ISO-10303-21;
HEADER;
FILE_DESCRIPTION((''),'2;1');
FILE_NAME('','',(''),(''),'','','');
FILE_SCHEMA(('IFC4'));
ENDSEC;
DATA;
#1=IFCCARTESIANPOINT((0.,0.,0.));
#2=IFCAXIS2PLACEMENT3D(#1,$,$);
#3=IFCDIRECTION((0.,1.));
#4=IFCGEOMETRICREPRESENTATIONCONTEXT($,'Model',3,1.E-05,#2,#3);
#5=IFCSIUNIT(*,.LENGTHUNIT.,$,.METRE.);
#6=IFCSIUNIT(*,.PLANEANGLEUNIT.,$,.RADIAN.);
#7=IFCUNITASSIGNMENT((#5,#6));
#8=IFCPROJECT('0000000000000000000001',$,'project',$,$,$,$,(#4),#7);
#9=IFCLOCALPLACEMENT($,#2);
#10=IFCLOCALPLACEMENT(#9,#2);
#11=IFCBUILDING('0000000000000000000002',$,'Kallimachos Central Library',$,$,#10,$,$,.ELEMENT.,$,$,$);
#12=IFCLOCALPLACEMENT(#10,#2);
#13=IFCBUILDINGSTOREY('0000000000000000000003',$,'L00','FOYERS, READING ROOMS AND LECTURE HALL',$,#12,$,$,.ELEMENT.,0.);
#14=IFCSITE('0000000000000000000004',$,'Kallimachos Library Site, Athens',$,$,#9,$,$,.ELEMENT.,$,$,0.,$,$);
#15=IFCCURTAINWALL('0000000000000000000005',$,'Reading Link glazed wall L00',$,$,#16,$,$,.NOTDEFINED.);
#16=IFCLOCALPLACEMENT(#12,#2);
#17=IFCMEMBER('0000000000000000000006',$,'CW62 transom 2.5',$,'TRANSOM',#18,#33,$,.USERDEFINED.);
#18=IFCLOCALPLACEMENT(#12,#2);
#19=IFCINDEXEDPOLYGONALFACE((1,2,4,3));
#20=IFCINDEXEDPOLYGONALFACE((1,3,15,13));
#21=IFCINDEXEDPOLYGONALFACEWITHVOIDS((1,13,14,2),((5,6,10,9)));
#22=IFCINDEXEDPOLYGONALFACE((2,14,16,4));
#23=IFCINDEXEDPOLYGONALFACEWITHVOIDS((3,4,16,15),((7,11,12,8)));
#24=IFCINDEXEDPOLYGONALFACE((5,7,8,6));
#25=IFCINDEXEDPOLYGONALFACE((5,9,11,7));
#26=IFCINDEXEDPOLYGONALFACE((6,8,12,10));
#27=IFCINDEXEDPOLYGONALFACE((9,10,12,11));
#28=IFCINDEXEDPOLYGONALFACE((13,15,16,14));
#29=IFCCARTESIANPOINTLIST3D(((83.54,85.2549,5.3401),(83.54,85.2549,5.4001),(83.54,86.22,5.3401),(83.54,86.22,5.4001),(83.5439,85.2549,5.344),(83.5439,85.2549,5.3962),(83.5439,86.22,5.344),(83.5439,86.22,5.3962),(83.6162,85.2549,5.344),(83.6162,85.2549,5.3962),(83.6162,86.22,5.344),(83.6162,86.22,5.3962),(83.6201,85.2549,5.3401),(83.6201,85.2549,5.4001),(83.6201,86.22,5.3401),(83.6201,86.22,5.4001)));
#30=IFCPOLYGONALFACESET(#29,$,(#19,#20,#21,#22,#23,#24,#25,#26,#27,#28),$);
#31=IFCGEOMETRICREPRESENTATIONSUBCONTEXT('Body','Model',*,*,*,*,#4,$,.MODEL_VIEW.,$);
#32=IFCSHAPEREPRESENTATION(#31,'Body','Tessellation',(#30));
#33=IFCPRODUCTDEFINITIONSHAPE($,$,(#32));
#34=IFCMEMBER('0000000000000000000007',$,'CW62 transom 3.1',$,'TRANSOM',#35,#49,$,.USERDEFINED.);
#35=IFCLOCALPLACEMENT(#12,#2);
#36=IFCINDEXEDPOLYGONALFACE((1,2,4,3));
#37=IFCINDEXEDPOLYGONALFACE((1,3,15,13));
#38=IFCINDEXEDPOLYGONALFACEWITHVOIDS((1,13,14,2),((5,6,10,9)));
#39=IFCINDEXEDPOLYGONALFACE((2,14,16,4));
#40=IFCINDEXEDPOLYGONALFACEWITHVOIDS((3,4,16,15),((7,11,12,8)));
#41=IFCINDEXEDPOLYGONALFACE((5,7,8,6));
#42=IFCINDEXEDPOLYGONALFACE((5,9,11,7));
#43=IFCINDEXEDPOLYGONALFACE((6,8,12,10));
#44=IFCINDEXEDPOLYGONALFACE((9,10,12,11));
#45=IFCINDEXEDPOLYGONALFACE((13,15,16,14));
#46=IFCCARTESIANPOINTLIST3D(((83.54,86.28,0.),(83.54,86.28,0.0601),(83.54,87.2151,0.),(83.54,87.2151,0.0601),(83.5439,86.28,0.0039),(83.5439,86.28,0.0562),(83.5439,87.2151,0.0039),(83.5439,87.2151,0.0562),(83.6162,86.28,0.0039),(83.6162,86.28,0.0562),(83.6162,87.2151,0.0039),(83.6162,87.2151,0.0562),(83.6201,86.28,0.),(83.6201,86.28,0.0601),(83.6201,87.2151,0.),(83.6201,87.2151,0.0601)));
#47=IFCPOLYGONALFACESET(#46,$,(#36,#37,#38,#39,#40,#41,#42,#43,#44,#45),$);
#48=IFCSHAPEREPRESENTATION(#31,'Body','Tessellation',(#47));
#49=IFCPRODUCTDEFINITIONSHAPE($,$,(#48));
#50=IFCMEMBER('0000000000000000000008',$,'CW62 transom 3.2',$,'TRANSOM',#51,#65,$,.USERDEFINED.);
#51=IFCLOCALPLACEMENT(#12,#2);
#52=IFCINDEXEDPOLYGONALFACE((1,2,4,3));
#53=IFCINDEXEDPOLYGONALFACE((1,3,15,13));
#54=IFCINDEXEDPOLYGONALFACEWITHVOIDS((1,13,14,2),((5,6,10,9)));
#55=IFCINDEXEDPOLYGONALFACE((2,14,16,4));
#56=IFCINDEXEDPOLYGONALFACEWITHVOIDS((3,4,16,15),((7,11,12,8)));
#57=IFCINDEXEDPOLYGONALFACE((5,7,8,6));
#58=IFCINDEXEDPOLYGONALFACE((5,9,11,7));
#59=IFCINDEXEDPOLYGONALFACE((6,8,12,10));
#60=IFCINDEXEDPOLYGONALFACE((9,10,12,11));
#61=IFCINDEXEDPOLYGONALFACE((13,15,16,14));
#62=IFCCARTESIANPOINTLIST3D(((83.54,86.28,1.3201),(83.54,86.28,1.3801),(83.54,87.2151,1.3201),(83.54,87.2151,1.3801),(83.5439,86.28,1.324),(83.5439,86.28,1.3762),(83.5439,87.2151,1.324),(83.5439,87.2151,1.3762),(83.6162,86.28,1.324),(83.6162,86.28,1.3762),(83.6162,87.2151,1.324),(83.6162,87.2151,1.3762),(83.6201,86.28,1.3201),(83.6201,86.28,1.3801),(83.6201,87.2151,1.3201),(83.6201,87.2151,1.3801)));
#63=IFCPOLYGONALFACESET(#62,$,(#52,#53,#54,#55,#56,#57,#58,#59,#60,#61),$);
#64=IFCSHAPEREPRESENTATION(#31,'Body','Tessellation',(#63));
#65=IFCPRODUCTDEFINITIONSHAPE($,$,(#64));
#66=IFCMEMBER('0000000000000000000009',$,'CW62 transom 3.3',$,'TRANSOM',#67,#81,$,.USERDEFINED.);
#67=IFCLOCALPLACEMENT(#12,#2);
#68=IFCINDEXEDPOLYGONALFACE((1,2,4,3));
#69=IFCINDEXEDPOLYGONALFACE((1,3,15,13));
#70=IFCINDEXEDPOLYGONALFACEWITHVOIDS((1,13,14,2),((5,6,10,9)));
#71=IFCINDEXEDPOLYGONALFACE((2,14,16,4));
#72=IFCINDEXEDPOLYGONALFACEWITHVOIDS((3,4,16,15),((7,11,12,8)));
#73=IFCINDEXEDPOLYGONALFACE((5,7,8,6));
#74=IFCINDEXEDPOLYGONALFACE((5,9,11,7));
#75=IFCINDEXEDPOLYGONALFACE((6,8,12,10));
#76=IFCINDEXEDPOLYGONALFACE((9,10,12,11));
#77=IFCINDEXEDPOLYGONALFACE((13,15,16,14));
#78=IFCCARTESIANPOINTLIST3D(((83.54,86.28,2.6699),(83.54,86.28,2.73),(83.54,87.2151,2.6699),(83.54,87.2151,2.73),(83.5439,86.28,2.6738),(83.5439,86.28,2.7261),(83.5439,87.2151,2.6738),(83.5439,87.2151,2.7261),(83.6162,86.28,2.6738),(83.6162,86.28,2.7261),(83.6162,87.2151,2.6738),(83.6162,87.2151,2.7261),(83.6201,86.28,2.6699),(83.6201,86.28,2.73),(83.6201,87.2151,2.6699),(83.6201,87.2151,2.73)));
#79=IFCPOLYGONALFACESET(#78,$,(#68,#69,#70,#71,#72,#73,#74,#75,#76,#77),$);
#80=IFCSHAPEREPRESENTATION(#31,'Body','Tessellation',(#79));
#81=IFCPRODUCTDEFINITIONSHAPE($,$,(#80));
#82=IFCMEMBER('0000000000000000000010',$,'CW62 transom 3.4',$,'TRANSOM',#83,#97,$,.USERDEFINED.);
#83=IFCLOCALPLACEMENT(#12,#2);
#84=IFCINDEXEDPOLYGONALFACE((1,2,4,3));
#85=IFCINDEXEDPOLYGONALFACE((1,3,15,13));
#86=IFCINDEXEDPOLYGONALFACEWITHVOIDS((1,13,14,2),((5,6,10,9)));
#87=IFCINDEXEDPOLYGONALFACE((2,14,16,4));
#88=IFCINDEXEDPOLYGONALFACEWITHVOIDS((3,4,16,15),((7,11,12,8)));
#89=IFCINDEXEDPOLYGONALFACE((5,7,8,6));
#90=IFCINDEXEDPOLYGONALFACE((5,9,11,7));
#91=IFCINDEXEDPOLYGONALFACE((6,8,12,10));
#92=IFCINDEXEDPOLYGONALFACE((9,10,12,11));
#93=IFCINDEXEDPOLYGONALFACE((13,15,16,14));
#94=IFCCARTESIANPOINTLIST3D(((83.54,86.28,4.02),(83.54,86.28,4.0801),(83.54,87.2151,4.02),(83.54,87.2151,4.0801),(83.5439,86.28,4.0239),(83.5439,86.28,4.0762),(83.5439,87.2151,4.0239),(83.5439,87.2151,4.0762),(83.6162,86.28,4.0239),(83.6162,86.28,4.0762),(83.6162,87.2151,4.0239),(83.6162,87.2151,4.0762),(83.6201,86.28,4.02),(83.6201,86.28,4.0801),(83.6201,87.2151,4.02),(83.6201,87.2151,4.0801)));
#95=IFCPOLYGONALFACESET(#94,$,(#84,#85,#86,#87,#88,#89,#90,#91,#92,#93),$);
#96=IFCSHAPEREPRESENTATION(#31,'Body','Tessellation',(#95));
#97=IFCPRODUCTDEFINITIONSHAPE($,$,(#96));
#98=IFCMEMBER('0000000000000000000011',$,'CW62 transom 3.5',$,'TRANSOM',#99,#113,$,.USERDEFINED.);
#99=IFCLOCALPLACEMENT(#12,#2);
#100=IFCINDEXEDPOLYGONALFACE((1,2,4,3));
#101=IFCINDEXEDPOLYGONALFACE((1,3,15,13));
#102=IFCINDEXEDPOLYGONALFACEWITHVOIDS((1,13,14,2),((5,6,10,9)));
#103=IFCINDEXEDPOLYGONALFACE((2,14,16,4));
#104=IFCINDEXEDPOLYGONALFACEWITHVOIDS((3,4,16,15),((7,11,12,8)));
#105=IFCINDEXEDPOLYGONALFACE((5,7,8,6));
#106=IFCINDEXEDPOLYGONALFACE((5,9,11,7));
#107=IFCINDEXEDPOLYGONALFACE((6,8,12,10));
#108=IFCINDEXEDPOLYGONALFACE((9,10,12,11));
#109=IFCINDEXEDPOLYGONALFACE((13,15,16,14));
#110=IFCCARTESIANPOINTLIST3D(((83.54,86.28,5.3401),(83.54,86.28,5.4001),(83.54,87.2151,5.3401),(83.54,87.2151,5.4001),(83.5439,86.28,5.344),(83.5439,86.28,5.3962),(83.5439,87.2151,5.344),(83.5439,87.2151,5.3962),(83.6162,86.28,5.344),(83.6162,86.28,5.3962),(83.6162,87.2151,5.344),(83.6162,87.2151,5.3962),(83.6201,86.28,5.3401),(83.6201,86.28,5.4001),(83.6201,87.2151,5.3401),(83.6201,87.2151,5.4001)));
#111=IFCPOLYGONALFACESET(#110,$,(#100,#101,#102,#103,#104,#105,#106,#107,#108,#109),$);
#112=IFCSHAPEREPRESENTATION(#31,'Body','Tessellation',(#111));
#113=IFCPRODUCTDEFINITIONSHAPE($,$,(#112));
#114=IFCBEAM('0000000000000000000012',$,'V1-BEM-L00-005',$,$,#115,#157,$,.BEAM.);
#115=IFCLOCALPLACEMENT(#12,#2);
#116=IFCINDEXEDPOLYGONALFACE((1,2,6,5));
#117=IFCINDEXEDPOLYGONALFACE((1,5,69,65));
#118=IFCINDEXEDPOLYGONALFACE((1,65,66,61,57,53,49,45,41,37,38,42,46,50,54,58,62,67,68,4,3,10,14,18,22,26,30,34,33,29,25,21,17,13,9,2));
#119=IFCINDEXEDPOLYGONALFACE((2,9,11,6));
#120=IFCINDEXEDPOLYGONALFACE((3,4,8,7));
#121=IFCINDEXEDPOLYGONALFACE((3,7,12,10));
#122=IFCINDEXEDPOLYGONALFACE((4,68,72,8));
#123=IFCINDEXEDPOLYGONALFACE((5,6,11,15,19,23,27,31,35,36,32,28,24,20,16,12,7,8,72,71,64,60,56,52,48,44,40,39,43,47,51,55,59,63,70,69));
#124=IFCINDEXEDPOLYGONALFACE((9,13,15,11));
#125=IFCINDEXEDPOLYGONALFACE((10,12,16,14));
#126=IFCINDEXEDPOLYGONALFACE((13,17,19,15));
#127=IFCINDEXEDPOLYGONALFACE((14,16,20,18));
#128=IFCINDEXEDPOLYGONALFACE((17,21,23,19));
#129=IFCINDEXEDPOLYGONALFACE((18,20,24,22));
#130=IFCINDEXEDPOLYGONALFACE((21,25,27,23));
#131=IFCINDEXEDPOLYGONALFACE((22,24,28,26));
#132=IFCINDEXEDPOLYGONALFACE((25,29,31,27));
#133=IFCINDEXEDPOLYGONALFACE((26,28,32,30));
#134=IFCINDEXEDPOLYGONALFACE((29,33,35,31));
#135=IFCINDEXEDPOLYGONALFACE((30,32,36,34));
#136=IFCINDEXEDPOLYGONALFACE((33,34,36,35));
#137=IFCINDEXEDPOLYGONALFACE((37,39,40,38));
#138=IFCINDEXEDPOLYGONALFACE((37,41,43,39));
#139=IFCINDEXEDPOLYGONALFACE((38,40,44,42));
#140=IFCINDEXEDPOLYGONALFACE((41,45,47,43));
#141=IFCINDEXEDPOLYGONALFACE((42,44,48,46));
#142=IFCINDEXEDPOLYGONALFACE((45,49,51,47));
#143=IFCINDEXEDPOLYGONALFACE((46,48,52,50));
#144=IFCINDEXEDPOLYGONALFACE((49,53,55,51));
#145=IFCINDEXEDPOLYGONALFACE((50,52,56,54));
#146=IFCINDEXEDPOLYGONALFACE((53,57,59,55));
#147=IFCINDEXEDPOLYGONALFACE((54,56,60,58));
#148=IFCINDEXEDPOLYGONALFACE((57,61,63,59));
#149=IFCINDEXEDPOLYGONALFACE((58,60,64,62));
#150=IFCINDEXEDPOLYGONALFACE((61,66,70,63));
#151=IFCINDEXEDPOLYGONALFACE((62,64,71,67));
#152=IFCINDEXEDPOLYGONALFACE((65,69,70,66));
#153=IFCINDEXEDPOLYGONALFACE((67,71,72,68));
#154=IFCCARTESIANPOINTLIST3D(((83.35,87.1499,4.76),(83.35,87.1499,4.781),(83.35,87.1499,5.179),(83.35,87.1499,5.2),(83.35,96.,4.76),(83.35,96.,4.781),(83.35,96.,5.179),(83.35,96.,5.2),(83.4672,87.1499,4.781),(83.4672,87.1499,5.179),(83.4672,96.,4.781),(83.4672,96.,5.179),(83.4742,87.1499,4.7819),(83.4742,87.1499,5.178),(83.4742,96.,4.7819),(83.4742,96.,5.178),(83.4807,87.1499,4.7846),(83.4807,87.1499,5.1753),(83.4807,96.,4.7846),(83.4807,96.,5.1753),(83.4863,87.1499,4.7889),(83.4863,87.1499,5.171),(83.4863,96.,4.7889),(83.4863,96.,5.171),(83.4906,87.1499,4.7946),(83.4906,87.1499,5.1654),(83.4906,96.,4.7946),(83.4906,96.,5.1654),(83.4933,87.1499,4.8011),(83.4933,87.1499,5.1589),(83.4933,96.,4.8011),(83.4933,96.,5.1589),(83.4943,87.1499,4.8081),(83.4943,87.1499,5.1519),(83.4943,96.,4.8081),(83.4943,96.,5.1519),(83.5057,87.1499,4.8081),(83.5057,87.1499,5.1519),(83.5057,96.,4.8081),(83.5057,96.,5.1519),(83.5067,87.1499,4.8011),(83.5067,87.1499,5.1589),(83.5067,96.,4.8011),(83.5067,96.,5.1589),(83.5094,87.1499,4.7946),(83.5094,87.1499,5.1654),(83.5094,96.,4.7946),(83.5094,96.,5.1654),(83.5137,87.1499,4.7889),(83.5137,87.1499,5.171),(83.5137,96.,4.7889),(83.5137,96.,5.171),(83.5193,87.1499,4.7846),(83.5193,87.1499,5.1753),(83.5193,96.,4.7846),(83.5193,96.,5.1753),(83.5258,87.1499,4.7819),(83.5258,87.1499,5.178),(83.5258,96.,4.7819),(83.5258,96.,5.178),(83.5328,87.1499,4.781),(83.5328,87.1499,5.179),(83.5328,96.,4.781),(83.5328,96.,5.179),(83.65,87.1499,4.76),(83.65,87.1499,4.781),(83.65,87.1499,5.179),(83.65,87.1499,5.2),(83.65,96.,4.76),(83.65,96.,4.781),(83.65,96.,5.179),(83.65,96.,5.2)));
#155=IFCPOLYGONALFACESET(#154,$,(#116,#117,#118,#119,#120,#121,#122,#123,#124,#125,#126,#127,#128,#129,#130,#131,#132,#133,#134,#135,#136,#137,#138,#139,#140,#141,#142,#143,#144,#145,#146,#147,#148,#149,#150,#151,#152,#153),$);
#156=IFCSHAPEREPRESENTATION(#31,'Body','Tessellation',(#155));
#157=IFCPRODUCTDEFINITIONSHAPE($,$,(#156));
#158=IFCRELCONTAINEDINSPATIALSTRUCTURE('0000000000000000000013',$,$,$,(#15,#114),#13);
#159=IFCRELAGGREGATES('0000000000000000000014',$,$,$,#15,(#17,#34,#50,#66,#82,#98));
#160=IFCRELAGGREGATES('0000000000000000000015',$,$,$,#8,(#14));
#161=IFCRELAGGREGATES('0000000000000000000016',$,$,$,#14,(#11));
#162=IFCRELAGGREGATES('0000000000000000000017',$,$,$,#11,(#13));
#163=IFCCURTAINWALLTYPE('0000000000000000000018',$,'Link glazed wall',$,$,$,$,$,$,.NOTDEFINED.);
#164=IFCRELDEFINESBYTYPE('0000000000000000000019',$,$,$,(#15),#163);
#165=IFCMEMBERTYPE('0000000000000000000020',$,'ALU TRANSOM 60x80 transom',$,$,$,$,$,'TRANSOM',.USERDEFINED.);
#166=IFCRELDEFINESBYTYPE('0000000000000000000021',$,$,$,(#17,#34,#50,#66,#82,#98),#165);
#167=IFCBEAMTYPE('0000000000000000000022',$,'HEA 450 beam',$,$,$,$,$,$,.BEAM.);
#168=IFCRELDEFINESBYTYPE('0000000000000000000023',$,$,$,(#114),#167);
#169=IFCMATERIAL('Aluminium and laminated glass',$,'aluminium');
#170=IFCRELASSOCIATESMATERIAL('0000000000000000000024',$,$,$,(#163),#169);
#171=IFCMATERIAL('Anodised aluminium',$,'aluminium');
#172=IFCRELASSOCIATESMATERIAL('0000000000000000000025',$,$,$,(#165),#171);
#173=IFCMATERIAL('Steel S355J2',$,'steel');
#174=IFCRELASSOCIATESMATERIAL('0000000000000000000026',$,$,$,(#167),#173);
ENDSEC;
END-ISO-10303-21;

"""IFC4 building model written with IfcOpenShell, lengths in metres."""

from ifc_helpers import new_model, si_unit, direction, frame, origin, origin_2d, place, context, subcontext, project, spatial, hollow_rectangle, i_section, extrude, material, material_profile, profile_set, type_object, element, aggregate, save


model = new_model("IFC4")

# Units and contexts
model_context = context("Model", 3, precision=1e-05, world=origin(), true_north=direction((0.0, 1.0)))
body_context = subcontext(model_context, "Body", "Model", "MODEL_VIEW")
ifc_project = project(units=[si_unit("LENGTHUNIT", "METRE"), si_unit("PLANEANGLEUNIT", "RADIAN")], contexts=[model_context])

# Site, building, storey
site_placement = place(None, origin())
site = spatial("IfcSite", under=ifc_project, at=site_placement, Name="Kallimachos Library Site, Athens", CompositionType="ELEMENT", RefElevation=0.0)
building_placement = place(site_placement, origin())
building = spatial("IfcBuilding", under=site, at=building_placement, Name="Kallimachos Central Library", CompositionType="ELEMENT")
storey_placement = place(building_placement, origin())
storey = spatial("IfcBuildingStorey", under=building, at=storey_placement, Name="L00", Description="FOYERS, READING ROOMS AND LECTURE HALL", CompositionType="ELEMENT", Elevation=0.0)

# Curtain wall, members
ifc_material_1 = material(Name="Aluminium and laminated glass", Category="aluminium")
curtain_wall_type = type_object("IfcCurtainWallType", Name="Link glazed wall", PredefinedType="NOTDEFINED", material=ifc_material_1)
curtain_wall_placement = place(storey_placement, origin())
curtain_wall = element("IfcCurtainWall", 1, at=curtain_wall_placement, inside=storey, type_object=curtain_wall_type, Name="Reading Link glazed wall L00", PredefinedType="NOTDEFINED")
ifc_material_2 = material(Name="Anodised aluminium", Category="aluminium")
ifc_material_profile_1 = material_profile(ifc_material_2, hollow_rectangle(XDim=0.0601, YDim=0.0801, WallThickness=0.0039, at=origin_2d()), Name="ALU TRANSOM 60x80")
ifc_profile_set_1 = profile_set([ifc_material_profile_1], Name="Anodised aluminium")
member_type_1 = type_object("IfcMemberType", Name="ALU TRANSOM 60x80 transom", ElementType="TRANSOM", PredefinedType="USERDEFINED", material=ifc_profile_set_1)
member_1_placement = place(storey_placement, frame((83.5801, 85.2549, 5.3701), z_axis=(0.0, 1.0, 0.0), x_axis=(0.0, 0.0, 1.0)))
member_1 = element("IfcMember", 2, at=member_1_placement, type_object=member_type_1, Name="CW62 transom 2.5", ObjectType="TRANSOM", PredefinedType="USERDEFINED", context=body_context, shape_type="SweptSolid", body=[
    extrude(hollow_rectangle(XDim=0.0601, YDim=0.0801, WallThickness=0.0039, at=origin_2d()), origin(), (0.0, 0.0, 1.0), 0.9651),
])
member_2_placement = place(storey_placement, frame((83.5801, 86.28, 0.03), z_axis=(0.0, 1.0, 0.0), x_axis=(0.0, 0.0, 1.0)))
member_2 = element("IfcMember", 3, at=member_2_placement, type_object=member_type_1, Name="CW62 transom 3.1", ObjectType="TRANSOM", PredefinedType="USERDEFINED", context=body_context, shape_type="SweptSolid", body=[
    extrude(hollow_rectangle(XDim=0.0601, YDim=0.0801, WallThickness=0.0039, at=origin_2d()), origin(), (0.0, 0.0, 1.0), 0.9351),
])
member_3_placement = place(storey_placement, frame((83.5801, 86.28, 1.3501), z_axis=(0.0, 1.0, 0.0), x_axis=(0.0, 0.0, 1.0)))
member_3 = element("IfcMember", 4, at=member_3_placement, type_object=member_type_1, Name="CW62 transom 3.2", ObjectType="TRANSOM", PredefinedType="USERDEFINED", context=body_context, shape_type="SweptSolid", body=[
    extrude(hollow_rectangle(XDim=0.0601, YDim=0.0801, WallThickness=0.0039, at=origin_2d()), origin(), (0.0, 0.0, 1.0), 0.9351),
])
member_4_placement = place(storey_placement, frame((83.5801, 86.28, 2.7), z_axis=(0.0, 1.0, 0.0), x_axis=(0.0, 0.0, 1.0)))
member_4 = element("IfcMember", 5, at=member_4_placement, type_object=member_type_1, Name="CW62 transom 3.3", ObjectType="TRANSOM", PredefinedType="USERDEFINED", context=body_context, shape_type="SweptSolid", body=[
    extrude(hollow_rectangle(XDim=0.0601, YDim=0.0801, WallThickness=0.0039, at=origin_2d()), origin(), (0.0, 0.0, 1.0), 0.9351),
])
member_5_placement = place(storey_placement, frame((83.5801, 86.28, 4.05), z_axis=(0.0, 1.0, 0.0), x_axis=(0.0, 0.0, 1.0)))
member_5 = element("IfcMember", 6, at=member_5_placement, type_object=member_type_1, Name="CW62 transom 3.4", ObjectType="TRANSOM", PredefinedType="USERDEFINED", context=body_context, shape_type="SweptSolid", body=[
    extrude(hollow_rectangle(XDim=0.0601, YDim=0.0801, WallThickness=0.0039, at=origin_2d()), origin(), (0.0, 0.0, 1.0), 0.9351),
])
member_6_placement = place(storey_placement, frame((83.5801, 86.28, 5.3701), z_axis=(0.0, 1.0, 0.0), x_axis=(0.0, 0.0, 1.0)))
member_6 = element("IfcMember", 7, at=member_6_placement, type_object=member_type_1, Name="CW62 transom 3.5", ObjectType="TRANSOM", PredefinedType="USERDEFINED", context=body_context, shape_type="SweptSolid", body=[
    extrude(hollow_rectangle(XDim=0.0601, YDim=0.0801, WallThickness=0.0039, at=origin_2d()), origin(), (0.0, 0.0, 1.0), 0.9351),
])

# Beam
ifc_material_3 = material(Name="Steel S355J2", Category="steel")
ifc_material_profile_2 = material_profile(ifc_material_3, i_section(OverallWidth=0.3, OverallDepth=0.4399, WebThickness=0.0115, FlangeThickness=0.021, FilletRadius=0.0271, at=origin_2d()), Name="HEA 450")
ifc_profile_set_2 = profile_set([ifc_material_profile_2], Name="Steel S355J2")
beam_type = type_object("IfcBeamType", Name="HEA 450 beam", PredefinedType="BEAM", material=ifc_profile_set_2)
beam_1_placement = place(storey_placement, frame((83.5, 87.1499, 4.98), z_axis=(0.0, 1.0, 0.0), x_axis=(-1.0, 0.0, 0.0)))
element("IfcBeam", 8, at=beam_1_placement, inside=storey, type_object=beam_type, Name="V1-BEM-L00-005", PredefinedType="BEAM", context=body_context, shape_type="SweptSolid", body=[
    extrude(i_section(OverallWidth=0.3, OverallDepth=0.4399, WebThickness=0.0115, FlangeThickness=0.021, FilletRadius=0.0271, at=origin_2d()), origin(), (0.0, 0.0, 1.0), 8.8501),
])

aggregate(curtain_wall, [member_1, member_2, member_3, member_4, member_5, member_6])

save(model, "model.ifc")
